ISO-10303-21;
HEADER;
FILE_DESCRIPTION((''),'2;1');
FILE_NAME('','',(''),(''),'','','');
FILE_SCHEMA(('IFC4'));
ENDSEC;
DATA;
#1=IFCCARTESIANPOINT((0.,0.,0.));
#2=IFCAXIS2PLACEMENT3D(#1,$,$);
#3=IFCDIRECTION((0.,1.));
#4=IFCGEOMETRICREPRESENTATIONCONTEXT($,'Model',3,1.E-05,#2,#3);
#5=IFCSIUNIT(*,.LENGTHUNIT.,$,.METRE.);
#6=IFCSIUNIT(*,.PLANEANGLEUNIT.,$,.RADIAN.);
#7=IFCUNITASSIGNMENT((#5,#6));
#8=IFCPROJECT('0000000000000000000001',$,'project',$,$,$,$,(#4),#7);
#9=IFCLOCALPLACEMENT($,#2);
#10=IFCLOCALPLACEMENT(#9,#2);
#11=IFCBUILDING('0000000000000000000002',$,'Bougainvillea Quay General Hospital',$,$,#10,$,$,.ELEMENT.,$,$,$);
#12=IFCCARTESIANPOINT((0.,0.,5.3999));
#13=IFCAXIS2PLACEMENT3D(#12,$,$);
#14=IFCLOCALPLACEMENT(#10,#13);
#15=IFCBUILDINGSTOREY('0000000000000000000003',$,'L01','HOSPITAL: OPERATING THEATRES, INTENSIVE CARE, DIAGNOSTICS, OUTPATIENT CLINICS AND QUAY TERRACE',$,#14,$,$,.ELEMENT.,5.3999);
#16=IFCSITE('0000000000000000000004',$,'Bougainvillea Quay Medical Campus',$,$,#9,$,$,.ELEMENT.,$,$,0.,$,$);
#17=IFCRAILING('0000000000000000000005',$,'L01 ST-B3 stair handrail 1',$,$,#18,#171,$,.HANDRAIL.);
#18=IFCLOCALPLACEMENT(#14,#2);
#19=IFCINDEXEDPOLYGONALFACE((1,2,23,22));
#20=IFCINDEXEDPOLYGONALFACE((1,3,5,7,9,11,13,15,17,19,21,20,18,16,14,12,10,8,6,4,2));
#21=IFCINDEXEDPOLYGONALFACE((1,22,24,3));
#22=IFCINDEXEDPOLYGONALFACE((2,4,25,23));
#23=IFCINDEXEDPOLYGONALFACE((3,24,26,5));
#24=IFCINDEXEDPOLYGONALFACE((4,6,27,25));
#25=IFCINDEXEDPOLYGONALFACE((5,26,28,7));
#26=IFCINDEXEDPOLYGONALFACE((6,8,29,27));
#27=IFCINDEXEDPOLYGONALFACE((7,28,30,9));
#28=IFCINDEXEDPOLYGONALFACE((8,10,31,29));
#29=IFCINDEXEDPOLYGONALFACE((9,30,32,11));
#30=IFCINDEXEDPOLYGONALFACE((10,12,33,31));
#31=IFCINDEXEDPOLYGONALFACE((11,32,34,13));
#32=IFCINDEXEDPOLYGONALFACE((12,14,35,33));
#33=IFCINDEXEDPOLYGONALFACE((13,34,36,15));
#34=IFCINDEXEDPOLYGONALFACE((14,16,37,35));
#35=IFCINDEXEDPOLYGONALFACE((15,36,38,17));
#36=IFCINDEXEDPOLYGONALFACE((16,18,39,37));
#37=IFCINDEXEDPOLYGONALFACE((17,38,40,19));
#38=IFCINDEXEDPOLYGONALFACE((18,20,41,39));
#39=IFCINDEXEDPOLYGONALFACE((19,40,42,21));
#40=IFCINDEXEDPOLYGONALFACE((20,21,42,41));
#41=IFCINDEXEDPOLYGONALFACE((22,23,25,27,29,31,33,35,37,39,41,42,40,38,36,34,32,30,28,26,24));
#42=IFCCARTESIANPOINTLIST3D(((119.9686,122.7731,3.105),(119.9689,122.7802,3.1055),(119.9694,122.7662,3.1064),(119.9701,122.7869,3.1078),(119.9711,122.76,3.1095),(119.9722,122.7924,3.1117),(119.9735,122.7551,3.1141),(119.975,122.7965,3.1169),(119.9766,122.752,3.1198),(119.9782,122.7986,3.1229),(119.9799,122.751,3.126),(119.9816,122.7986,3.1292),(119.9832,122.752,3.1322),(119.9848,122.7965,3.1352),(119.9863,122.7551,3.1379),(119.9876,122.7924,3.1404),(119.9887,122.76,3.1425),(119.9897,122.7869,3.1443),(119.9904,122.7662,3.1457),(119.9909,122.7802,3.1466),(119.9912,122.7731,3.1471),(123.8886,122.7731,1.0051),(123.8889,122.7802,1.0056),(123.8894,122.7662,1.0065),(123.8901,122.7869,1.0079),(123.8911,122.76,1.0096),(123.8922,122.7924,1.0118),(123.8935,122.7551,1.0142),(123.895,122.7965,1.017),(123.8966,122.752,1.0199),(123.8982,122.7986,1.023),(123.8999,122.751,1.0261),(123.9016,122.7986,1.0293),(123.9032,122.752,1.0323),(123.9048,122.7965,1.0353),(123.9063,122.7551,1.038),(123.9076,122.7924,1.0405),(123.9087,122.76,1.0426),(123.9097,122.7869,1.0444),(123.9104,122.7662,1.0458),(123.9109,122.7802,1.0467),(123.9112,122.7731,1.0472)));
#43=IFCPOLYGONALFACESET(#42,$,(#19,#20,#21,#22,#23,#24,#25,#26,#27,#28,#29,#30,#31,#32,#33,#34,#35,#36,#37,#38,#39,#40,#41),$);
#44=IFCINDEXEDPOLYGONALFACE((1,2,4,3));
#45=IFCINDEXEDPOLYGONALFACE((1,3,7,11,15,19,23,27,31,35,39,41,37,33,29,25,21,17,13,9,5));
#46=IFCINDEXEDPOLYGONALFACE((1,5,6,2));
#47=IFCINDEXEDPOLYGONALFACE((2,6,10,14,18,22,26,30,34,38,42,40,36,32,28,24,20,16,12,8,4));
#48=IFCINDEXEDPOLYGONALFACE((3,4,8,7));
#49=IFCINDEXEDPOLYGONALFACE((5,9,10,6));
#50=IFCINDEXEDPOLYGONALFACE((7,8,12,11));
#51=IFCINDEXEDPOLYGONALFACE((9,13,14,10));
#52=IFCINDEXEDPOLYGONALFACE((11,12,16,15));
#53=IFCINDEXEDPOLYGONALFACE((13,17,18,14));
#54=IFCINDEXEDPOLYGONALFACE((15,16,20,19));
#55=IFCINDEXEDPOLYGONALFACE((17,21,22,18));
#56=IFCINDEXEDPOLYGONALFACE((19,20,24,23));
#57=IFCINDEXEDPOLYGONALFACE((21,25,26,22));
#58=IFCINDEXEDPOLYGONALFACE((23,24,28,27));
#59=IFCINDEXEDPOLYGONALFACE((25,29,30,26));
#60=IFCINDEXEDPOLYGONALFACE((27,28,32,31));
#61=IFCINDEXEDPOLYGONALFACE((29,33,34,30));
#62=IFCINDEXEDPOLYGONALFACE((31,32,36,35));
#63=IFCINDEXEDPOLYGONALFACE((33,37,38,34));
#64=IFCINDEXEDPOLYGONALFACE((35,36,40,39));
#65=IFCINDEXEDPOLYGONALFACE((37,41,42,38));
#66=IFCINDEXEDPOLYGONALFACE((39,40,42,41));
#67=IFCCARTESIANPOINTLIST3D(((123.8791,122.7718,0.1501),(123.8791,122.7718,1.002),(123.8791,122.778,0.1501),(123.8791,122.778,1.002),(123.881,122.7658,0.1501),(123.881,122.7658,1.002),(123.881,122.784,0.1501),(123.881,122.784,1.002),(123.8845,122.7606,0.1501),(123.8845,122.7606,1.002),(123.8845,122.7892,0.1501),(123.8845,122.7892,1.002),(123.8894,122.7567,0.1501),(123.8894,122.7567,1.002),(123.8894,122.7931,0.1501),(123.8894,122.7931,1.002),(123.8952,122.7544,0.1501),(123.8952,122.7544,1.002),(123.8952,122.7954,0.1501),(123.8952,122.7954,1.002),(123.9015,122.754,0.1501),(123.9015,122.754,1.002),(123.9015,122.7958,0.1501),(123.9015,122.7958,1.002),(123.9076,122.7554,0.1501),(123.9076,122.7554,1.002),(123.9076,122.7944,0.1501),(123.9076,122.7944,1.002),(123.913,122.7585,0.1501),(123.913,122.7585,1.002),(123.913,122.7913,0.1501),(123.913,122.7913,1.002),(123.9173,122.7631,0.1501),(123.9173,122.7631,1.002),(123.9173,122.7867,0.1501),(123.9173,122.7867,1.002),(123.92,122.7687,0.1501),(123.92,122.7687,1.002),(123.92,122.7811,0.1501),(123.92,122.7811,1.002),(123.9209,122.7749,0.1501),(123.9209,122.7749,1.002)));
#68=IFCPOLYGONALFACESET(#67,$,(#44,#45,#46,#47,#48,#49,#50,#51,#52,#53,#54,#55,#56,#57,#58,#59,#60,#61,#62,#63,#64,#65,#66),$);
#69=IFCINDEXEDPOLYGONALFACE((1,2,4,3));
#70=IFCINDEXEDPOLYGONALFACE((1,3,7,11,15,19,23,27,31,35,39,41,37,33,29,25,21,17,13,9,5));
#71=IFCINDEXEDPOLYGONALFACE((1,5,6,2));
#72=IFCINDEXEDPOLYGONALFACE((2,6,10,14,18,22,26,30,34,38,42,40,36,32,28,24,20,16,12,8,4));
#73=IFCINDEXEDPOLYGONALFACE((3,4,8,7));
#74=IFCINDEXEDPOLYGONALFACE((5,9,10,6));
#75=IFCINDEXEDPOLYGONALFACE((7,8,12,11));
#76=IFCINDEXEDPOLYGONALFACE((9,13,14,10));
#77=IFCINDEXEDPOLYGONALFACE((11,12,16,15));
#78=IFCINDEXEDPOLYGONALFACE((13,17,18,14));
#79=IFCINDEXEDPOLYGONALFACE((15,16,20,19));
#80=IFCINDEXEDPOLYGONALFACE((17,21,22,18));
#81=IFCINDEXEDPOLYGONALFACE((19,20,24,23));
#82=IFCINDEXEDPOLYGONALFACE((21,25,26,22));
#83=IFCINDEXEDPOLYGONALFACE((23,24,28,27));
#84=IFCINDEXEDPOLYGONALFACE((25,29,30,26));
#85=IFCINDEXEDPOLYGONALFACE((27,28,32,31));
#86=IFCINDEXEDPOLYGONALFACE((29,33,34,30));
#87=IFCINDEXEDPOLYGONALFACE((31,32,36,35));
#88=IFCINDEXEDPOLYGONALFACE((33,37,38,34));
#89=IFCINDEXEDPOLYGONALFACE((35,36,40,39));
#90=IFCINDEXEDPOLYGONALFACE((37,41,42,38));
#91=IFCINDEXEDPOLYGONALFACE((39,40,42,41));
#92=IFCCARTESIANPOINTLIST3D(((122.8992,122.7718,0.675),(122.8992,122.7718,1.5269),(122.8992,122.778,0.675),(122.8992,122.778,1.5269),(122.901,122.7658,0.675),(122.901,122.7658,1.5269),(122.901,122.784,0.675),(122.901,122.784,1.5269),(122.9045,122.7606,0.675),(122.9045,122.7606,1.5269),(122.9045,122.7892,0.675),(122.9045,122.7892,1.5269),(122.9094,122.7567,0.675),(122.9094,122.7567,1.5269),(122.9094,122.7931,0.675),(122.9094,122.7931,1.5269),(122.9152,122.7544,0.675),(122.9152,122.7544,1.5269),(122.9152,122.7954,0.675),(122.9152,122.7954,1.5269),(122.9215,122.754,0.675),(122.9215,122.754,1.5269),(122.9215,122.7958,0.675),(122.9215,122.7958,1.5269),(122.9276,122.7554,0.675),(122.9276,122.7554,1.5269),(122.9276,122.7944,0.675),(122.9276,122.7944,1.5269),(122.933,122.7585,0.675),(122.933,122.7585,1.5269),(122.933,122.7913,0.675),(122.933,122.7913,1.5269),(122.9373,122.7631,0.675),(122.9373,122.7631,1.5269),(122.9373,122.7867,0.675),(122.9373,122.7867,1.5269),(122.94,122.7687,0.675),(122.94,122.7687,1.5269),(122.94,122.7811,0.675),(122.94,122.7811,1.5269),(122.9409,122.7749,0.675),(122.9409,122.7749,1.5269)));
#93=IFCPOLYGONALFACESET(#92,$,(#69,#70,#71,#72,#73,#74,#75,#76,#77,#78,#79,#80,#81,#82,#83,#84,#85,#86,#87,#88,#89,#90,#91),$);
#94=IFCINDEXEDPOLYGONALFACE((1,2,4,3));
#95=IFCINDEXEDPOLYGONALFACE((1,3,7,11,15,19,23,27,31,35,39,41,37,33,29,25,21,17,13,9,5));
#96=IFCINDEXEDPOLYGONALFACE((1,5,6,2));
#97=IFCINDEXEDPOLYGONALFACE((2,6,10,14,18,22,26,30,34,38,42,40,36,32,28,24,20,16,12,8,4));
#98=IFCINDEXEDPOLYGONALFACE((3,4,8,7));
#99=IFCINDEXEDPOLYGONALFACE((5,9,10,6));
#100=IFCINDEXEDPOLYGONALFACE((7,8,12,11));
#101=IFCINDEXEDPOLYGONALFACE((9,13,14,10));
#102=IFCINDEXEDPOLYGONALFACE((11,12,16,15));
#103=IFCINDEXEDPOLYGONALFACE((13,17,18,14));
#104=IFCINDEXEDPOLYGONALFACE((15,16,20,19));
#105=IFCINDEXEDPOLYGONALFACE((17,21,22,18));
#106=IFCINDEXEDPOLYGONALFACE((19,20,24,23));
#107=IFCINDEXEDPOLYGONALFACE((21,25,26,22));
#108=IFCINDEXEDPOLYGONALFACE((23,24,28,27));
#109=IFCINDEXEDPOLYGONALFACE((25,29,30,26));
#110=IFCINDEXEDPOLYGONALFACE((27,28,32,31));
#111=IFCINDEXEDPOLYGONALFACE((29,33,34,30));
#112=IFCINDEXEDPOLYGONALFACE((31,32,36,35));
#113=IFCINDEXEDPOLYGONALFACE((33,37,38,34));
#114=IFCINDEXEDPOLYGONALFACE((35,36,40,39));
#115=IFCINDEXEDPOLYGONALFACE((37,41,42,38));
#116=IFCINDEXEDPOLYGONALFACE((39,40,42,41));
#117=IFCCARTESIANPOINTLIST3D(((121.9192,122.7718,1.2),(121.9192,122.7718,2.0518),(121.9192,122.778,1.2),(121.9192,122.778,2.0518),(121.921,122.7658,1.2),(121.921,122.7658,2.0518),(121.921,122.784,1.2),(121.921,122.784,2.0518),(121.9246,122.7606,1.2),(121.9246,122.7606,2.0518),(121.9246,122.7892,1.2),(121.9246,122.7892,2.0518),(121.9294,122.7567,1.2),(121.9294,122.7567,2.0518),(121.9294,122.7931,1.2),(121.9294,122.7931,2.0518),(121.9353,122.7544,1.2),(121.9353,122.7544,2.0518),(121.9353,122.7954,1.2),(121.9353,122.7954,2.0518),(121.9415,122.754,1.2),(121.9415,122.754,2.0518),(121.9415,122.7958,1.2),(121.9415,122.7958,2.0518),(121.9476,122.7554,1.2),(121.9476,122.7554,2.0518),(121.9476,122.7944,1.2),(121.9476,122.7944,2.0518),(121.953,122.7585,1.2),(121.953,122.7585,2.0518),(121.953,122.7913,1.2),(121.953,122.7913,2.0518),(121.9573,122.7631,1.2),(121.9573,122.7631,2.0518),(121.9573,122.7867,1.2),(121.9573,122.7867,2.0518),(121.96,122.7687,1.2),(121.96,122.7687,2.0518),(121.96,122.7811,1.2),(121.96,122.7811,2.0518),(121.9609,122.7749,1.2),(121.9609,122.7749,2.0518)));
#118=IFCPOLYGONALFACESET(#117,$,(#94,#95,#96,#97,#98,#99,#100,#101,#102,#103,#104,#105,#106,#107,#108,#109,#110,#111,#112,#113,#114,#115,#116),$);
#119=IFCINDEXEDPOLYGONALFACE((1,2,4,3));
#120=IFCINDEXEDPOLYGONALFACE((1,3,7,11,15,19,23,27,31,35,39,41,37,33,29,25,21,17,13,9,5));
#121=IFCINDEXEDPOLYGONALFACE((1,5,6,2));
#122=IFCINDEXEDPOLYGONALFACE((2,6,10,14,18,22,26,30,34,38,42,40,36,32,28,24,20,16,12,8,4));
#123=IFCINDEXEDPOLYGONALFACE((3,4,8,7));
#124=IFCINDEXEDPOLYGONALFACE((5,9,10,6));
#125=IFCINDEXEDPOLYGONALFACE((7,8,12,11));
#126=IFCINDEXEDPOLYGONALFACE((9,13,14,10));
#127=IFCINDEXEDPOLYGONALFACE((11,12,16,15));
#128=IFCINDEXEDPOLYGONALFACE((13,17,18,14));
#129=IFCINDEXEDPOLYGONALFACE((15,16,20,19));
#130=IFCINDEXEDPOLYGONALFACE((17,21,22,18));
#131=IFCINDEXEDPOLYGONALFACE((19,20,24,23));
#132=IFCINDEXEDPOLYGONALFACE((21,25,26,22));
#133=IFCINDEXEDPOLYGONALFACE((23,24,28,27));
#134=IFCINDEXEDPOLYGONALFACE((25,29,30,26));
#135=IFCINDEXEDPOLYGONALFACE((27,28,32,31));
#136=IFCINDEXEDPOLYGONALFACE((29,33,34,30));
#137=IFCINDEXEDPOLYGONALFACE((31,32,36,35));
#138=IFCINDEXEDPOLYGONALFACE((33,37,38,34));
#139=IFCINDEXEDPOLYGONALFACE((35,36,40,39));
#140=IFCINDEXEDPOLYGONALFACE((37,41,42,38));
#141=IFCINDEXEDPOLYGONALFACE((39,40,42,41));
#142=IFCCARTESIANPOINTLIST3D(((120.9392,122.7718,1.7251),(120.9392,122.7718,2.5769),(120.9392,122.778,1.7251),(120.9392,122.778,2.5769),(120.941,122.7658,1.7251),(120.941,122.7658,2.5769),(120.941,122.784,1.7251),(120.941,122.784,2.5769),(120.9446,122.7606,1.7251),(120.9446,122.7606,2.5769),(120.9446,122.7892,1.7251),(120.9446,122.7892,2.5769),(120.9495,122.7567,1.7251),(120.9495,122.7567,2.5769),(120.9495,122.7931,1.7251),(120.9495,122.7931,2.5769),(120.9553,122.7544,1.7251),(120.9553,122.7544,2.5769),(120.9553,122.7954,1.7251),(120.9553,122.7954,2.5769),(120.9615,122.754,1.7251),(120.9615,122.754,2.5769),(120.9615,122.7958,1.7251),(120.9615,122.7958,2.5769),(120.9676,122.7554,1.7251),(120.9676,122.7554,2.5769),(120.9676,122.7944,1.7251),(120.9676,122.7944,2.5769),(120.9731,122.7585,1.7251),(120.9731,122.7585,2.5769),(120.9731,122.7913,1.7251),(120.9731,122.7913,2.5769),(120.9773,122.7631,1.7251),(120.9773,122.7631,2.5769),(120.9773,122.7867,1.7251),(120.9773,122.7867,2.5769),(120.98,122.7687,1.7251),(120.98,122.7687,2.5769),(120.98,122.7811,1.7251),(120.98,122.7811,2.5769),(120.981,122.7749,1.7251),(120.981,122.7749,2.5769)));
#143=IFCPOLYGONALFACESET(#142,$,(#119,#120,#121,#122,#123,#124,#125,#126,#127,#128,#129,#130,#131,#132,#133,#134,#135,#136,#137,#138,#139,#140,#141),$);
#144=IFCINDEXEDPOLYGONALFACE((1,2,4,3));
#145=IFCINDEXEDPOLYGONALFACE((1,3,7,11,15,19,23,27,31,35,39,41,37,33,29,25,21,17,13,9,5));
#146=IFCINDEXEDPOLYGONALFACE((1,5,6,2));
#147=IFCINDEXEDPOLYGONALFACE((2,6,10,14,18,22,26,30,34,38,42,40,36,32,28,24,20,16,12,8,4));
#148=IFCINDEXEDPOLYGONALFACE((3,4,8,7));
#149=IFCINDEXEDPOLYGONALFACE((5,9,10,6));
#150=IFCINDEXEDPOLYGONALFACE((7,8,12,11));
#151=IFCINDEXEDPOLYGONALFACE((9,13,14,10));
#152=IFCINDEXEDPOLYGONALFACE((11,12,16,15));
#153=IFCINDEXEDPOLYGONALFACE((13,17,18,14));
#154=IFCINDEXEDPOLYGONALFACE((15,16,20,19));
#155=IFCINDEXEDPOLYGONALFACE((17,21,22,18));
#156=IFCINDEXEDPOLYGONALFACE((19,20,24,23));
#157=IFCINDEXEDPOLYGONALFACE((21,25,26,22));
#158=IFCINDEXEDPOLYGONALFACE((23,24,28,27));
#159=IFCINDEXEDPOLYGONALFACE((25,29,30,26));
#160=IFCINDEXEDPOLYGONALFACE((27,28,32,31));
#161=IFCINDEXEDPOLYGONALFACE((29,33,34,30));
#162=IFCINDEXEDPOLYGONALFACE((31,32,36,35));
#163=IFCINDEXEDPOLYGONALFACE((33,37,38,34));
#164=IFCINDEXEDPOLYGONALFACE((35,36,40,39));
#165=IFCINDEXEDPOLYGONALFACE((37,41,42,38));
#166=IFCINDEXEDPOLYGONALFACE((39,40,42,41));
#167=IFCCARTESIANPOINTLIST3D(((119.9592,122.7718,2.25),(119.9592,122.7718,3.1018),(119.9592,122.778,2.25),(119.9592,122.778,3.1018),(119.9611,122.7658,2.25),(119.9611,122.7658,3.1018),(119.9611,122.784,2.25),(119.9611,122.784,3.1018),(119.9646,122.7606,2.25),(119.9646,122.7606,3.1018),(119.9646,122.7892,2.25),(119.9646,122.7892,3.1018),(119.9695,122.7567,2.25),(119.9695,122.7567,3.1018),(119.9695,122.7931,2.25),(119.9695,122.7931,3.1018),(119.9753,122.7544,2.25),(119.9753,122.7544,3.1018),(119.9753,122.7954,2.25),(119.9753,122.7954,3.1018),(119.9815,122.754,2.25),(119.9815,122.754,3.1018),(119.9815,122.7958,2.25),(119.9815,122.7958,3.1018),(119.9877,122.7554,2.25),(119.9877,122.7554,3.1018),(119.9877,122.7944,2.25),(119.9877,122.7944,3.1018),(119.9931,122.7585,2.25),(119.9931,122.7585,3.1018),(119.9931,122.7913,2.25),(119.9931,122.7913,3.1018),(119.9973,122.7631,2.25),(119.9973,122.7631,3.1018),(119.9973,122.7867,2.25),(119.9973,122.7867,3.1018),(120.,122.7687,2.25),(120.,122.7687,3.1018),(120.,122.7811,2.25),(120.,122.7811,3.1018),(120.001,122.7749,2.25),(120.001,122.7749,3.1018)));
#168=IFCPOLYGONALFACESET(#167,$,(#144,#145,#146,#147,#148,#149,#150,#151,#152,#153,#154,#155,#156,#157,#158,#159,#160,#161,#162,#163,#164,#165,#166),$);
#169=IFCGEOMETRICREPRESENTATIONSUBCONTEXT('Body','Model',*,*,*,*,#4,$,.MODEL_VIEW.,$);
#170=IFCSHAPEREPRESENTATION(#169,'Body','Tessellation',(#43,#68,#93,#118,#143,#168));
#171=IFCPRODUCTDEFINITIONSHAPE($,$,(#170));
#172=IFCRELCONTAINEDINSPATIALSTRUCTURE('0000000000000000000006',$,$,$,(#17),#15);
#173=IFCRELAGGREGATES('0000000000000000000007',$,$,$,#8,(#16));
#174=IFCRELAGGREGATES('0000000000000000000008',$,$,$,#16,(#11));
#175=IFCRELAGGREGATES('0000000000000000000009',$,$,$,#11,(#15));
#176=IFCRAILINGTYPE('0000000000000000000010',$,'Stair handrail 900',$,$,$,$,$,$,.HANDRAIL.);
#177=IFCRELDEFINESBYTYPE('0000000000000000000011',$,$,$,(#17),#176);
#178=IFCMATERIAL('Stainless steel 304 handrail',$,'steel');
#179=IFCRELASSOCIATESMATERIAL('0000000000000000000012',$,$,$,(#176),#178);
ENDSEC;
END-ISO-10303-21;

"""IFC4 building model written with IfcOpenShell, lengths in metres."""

from ifc_helpers import new_model, si_unit, direction, frame, origin, origin_2d, place, context, subcontext, project, spatial, circle, extrude, material, type_object, element, save


model = new_model("IFC4")

# Units and contexts
model_context = context("Model", 3, precision=1e-05, world=origin(), true_north=direction((0.0, 1.0)))
body_context = subcontext(model_context, "Body", "Model", "MODEL_VIEW")
ifc_project = project(units=[si_unit("LENGTHUNIT", "METRE"), si_unit("PLANEANGLEUNIT", "RADIAN")], contexts=[model_context])

# Site, building, storey
site_placement = place(None, origin())
site = spatial("IfcSite", under=ifc_project, at=site_placement, Name="Bougainvillea Quay Medical Campus", CompositionType="ELEMENT", RefElevation=0.0)
building_placement = place(site_placement, origin())
building = spatial("IfcBuilding", under=site, at=building_placement, Name="Bougainvillea Quay General Hospital", CompositionType="ELEMENT")
storey_placement = place(building_placement, frame((0.0, 0.0, 5.3999)))
storey = spatial("IfcBuildingStorey", under=building, at=storey_placement, Name="L01", Description="HOSPITAL: OPERATING THEATRES, INTENSIVE CARE, DIAGNOSTICS, OUTPATIENT CLINICS AND QUAY TERRACE", CompositionType="ELEMENT", Elevation=5.3999)

# Railing
ifc_material_1 = material(Name="Stainless steel 304 handrail", Category="steel")
railing_type_1 = type_object("IfcRailingType", Name="Stair handrail 900", PredefinedType="HANDRAIL", material=ifc_material_1)
railing_1_placement = place(storey_placement, frame((123.8999, 122.7749, 0.1501)))
element("IfcRailing", 1, at=railing_1_placement, inside=storey, type_object=railing_type_1, Name="L01 ST-B3 stair handrail 1", PredefinedType="HANDRAIL", context=body_context, shape_type="SweptSolid", body=[
    extrude(circle(Radius=0.0239, at=origin_2d()), frame((0.0, 0.0, 0.876), z_axis=(-0.88149, 0.0, 0.472203), x_axis=(0.0, -1.0, 0.0)), (0.0, 0.0, 1.0), 4.447),
    extrude(circle(Radius=0.021, at=origin_2d()), origin(), (0.0, 0.0, 1.0), 0.8518),
    extrude(circle(Radius=0.021, at=origin_2d()), frame((-0.98, 0.0, 0.5249)), (0.0, 0.0, 1.0), 0.8518),
    extrude(circle(Radius=0.021, at=origin_2d()), frame((-1.96, 0.0, 1.0498)), (0.0, 0.0, 1.0), 0.8518),
    extrude(circle(Radius=0.021, at=origin_2d()), frame((-2.9399, 0.0, 1.575)), (0.0, 0.0, 1.0), 0.8518),
    extrude(circle(Radius=0.021, at=origin_2d()), frame((-3.9199, 0.0, 2.0999)), (0.0, 0.0, 1.0), 0.8518),
])

save(model, "model.ifc")
